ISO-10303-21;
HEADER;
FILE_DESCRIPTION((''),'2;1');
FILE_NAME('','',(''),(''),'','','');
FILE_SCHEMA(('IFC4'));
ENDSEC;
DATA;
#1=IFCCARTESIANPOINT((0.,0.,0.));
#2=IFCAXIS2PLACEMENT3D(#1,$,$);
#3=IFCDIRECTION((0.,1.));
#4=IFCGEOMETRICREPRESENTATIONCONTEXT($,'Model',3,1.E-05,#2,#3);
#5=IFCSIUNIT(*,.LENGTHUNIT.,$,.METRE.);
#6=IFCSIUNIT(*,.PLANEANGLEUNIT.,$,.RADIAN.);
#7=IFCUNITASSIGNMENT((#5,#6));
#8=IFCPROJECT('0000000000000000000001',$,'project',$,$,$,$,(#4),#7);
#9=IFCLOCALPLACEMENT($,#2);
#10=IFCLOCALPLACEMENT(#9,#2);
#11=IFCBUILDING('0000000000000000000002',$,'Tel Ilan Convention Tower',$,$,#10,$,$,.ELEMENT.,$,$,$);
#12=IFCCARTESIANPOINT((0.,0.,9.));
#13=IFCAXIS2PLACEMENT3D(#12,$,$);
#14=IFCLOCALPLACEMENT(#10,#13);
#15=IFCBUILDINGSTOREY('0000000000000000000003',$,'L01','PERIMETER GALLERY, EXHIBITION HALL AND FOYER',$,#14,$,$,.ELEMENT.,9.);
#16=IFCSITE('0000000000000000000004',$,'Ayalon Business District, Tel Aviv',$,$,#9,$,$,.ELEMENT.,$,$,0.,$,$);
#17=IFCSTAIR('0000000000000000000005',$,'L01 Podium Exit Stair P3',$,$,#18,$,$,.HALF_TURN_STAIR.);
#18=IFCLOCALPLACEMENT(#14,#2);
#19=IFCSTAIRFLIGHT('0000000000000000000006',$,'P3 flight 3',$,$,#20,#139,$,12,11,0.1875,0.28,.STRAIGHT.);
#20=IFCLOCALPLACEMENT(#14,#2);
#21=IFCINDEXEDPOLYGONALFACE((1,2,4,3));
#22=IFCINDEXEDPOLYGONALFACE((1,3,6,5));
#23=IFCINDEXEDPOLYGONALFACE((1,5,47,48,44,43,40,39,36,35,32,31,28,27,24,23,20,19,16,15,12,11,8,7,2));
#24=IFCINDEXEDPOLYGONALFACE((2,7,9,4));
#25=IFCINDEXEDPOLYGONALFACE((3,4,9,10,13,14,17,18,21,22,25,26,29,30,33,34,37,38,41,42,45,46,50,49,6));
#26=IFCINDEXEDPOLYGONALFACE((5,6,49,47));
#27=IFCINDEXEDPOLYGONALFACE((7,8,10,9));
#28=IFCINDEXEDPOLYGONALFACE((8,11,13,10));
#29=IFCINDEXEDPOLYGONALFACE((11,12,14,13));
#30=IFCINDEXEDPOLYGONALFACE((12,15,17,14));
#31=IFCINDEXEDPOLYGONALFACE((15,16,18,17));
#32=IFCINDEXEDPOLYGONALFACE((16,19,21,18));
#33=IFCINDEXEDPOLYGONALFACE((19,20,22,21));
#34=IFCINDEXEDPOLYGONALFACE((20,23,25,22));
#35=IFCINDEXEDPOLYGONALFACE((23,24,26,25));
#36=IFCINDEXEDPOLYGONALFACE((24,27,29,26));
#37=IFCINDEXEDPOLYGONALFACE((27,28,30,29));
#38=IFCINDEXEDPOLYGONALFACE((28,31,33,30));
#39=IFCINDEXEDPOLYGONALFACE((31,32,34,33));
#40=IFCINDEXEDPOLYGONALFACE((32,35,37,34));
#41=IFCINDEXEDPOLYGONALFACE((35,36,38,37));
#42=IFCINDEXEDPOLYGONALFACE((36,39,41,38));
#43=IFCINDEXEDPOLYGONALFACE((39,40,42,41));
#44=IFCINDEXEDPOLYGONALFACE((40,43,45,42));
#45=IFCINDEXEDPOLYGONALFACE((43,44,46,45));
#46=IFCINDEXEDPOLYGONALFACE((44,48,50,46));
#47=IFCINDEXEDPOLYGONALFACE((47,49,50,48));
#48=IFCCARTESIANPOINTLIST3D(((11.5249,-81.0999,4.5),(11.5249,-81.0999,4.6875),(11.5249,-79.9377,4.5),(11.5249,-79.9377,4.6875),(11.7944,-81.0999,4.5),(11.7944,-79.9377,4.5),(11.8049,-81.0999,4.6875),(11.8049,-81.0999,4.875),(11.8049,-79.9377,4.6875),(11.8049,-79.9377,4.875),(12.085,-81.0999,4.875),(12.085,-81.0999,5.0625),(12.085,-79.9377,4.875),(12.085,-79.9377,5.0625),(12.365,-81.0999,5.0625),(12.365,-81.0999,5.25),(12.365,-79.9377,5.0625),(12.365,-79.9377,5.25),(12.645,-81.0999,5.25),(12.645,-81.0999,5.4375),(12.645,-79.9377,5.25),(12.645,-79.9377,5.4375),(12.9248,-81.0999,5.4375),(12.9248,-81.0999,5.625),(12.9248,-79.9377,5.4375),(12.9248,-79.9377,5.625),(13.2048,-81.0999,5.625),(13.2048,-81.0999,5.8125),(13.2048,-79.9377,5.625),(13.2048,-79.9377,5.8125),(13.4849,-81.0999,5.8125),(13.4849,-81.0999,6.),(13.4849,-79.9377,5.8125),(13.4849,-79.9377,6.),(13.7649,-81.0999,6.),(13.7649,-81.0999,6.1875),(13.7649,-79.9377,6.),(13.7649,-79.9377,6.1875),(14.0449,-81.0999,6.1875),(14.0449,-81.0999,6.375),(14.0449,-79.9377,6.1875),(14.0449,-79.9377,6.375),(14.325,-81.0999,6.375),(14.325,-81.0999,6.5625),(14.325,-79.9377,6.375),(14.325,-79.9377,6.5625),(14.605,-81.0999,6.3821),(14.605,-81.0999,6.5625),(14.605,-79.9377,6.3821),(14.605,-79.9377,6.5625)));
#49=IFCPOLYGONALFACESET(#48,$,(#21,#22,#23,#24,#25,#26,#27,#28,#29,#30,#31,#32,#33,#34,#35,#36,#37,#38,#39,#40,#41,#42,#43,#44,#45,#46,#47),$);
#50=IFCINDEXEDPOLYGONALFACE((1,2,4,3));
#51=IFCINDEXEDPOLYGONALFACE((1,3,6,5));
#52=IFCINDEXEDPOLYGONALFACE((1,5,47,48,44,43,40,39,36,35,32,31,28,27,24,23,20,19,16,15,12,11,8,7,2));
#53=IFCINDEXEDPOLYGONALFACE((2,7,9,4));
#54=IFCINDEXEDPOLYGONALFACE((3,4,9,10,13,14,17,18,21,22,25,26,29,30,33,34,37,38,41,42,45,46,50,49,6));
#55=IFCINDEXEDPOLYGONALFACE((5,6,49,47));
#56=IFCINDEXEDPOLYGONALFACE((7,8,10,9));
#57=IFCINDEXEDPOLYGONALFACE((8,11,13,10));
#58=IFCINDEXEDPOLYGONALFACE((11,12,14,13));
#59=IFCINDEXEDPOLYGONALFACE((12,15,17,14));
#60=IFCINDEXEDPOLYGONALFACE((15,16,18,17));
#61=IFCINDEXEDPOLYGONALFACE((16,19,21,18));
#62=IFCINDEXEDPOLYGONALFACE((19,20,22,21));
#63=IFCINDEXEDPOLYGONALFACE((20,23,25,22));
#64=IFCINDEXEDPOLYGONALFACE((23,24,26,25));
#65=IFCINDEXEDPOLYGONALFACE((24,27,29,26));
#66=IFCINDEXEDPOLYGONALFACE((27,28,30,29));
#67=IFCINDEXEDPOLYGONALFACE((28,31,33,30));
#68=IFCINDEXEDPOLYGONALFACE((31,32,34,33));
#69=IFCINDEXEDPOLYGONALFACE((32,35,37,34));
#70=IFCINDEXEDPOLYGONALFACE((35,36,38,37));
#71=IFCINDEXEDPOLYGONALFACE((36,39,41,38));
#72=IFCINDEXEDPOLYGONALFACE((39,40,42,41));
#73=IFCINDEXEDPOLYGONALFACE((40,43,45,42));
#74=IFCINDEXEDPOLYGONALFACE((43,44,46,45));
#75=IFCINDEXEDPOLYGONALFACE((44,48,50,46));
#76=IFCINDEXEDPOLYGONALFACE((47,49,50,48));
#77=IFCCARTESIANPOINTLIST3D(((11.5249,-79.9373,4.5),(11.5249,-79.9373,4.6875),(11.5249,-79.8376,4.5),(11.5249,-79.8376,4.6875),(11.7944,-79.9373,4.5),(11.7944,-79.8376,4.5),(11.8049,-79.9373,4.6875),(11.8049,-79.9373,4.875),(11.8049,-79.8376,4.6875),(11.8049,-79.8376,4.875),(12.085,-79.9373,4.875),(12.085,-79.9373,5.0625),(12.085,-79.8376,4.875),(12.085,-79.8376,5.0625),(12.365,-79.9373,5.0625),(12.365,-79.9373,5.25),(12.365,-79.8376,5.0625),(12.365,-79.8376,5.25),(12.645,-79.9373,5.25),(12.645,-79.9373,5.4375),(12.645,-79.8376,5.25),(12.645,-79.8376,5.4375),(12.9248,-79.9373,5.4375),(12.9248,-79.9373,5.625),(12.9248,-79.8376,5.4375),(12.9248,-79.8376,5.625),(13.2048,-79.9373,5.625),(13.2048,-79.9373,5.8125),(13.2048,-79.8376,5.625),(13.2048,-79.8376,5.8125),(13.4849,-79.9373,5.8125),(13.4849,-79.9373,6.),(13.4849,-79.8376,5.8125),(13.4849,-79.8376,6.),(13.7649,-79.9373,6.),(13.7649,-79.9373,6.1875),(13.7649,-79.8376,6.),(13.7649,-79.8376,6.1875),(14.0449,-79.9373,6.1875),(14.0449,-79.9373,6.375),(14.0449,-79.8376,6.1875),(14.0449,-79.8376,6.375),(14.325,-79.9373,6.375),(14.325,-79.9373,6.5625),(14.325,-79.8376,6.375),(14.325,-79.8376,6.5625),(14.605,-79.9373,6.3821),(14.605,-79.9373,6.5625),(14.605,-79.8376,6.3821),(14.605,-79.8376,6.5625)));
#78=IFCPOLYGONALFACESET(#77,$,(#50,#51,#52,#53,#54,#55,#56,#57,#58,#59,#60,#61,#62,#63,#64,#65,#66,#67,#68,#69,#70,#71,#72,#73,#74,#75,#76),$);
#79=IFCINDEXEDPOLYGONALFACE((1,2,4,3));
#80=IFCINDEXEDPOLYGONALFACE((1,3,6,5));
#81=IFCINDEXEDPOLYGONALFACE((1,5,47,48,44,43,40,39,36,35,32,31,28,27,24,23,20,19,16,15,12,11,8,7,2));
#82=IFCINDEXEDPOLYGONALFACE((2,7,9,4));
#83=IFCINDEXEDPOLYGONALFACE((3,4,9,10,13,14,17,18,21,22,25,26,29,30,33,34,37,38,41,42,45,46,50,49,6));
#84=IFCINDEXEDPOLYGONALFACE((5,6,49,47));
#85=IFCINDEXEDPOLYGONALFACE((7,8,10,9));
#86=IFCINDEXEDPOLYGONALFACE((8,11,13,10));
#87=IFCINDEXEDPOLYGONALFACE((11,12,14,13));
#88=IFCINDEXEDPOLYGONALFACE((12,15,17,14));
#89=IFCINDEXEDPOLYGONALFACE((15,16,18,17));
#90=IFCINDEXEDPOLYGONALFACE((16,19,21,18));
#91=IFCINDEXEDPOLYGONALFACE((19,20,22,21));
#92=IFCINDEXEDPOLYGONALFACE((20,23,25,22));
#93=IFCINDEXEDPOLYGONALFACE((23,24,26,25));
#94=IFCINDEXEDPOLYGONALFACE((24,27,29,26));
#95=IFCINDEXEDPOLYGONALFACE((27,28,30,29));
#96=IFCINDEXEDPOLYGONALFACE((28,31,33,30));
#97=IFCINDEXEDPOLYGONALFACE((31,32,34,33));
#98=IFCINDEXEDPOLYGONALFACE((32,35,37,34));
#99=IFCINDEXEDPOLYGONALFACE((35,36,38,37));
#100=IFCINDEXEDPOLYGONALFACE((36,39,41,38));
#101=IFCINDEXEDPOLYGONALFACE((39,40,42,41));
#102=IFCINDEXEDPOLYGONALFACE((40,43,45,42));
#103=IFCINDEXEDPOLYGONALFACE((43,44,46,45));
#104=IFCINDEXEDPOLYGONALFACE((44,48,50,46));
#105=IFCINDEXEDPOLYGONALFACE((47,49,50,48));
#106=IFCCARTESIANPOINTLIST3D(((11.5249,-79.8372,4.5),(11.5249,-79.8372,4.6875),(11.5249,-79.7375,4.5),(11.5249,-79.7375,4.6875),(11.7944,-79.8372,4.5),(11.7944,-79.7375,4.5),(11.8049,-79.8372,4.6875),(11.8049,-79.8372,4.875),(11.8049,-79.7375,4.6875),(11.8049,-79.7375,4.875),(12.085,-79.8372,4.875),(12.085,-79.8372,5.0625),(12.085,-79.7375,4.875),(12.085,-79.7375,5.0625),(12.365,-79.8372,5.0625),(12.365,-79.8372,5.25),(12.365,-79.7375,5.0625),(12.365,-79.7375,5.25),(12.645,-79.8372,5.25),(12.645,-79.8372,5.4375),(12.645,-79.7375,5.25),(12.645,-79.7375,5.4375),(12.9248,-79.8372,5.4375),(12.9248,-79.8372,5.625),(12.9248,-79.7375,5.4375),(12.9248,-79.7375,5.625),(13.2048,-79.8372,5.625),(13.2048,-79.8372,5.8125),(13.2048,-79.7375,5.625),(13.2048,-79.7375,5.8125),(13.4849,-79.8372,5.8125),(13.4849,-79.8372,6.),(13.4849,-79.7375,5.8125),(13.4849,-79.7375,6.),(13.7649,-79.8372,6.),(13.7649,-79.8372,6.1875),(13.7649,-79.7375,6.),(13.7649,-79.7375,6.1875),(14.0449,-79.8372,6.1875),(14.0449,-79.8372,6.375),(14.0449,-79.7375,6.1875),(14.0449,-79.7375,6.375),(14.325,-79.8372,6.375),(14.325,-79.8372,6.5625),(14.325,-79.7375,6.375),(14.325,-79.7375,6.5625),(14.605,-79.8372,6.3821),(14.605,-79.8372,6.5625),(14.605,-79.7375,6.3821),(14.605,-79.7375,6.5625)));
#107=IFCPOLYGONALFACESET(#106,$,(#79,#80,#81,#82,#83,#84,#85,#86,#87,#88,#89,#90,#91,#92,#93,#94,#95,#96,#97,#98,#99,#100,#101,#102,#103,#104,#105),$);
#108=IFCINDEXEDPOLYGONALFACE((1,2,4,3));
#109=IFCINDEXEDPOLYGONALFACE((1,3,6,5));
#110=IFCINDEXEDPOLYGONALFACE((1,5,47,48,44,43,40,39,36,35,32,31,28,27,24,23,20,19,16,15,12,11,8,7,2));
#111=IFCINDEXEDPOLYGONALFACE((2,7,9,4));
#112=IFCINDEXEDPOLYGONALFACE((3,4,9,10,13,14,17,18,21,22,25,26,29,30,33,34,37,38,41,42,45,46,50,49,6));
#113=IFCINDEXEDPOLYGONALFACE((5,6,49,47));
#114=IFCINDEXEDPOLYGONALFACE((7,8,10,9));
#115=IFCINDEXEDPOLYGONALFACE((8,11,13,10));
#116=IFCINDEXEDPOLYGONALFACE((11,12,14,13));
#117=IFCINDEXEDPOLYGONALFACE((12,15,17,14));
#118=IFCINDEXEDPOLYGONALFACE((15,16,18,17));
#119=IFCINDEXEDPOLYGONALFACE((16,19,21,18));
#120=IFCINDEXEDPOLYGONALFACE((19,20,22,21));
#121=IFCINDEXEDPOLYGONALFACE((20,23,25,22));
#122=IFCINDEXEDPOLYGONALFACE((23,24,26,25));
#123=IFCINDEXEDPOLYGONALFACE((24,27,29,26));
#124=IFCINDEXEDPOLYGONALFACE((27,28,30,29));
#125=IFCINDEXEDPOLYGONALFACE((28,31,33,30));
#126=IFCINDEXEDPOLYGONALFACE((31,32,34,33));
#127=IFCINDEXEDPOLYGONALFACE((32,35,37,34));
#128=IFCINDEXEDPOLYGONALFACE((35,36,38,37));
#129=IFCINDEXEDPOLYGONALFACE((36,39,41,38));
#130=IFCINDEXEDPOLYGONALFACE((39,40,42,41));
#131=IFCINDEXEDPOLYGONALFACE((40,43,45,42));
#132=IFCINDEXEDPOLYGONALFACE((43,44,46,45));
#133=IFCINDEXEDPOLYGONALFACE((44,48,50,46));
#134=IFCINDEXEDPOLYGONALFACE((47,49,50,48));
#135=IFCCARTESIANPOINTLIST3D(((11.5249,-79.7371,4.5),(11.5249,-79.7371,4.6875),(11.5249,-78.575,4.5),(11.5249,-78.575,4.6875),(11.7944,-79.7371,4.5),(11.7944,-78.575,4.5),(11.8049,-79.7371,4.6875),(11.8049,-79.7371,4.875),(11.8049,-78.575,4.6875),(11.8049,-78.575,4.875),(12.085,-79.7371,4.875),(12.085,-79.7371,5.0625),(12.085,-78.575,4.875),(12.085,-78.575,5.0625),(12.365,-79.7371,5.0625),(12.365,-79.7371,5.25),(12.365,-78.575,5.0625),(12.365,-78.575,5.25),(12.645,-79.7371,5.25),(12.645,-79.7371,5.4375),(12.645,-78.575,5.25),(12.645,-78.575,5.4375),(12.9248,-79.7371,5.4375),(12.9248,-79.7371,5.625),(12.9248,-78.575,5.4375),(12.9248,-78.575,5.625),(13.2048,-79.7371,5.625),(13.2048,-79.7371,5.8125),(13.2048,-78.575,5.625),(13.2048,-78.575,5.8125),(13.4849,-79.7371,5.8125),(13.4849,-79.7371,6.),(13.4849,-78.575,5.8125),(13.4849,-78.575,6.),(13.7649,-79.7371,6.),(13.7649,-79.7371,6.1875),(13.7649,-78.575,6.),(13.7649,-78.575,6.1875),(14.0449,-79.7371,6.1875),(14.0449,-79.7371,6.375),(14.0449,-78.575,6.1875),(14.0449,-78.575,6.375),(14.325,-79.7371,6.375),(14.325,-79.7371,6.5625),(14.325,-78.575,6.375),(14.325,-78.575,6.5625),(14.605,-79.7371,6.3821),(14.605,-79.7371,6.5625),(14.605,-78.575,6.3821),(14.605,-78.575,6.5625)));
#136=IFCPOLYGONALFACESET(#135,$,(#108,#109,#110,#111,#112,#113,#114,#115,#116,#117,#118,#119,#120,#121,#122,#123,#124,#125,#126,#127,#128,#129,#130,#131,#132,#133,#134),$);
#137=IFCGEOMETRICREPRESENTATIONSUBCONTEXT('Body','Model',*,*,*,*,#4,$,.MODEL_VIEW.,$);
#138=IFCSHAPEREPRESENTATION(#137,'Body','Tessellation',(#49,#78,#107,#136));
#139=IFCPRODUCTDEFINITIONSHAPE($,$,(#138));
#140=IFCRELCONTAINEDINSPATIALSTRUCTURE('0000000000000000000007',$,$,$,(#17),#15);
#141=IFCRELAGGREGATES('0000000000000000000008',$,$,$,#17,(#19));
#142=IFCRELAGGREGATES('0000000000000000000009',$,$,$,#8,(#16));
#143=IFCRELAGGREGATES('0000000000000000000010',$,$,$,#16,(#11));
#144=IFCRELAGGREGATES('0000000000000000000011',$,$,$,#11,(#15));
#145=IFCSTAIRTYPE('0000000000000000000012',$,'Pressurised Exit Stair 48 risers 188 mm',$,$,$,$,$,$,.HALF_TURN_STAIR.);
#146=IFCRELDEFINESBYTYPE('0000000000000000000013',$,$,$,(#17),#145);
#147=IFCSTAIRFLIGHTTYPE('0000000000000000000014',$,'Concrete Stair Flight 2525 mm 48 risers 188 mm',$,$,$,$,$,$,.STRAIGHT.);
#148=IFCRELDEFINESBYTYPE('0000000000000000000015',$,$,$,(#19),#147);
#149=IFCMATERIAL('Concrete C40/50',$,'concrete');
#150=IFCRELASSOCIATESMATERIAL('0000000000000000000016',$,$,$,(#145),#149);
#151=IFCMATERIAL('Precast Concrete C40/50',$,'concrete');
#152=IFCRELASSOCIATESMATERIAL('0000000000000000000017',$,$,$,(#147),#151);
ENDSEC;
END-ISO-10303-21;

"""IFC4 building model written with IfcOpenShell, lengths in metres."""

from ifc_helpers import new_model, si_unit, direction, frame, origin, place, context, subcontext, project, spatial, polyline, outline, extrude, material, type_object, element, aggregate, save


model = new_model("IFC4")

# Units and contexts
model_context = context("Model", 3, precision=1e-05, world=origin(), true_north=direction((0.0, 1.0)))
body_context = subcontext(model_context, "Body", "Model", "MODEL_VIEW")
ifc_project = project(units=[si_unit("LENGTHUNIT", "METRE"), si_unit("PLANEANGLEUNIT", "RADIAN")], contexts=[model_context])

# Site, building, storey
site_placement = place(None, origin())
site = spatial("IfcSite", under=ifc_project, at=site_placement, Name="Ayalon Business District, Tel Aviv", CompositionType="ELEMENT", RefElevation=0.0)
building_placement = place(site_placement, origin())
building = spatial("IfcBuilding", under=site, at=building_placement, Name="Tel Ilan Convention Tower", CompositionType="ELEMENT")
storey_placement = place(building_placement, frame((0.0, 0.0, 9.0)))
storey = spatial("IfcBuildingStorey", under=building, at=storey_placement, Name="L01", Description="PERIMETER GALLERY, EXHIBITION HALL AND FOYER", CompositionType="ELEMENT", Elevation=9.0)

# Stair, stair flight
ifc_material_1 = material(Name="Concrete C40/50", Category="concrete")
stair_type = type_object("IfcStairType", Name="Pressurised Exit Stair 48 risers 188 mm", PredefinedType="HALF_TURN_STAIR", material=ifc_material_1)
stair_placement = place(storey_placement, origin())
stair = element("IfcStair", 1, at=stair_placement, inside=storey, type_object=stair_type, Name="L01 Podium Exit Stair P3", PredefinedType="HALF_TURN_STAIR")
ifc_material_2 = material(Name="Precast Concrete C40/50", Category="concrete")
stair_flight_type = type_object("IfcStairFlightType", Name="Concrete Stair Flight 2525 mm 48 risers 188 mm", PredefinedType="STRAIGHT", material=ifc_material_2)
stair_flight_1_placement = place(storey_placement, frame((11.5249, -79.8374, 4.5), z_axis=(0.0, 0.0, 1.0), x_axis=(1.0, 0.0, 0.0)))
stair_flight_1 = element("IfcStairFlight", 2, at=stair_flight_1_placement, type_object=stair_flight_type, Name="P3 flight 3", NumberOfRisers=12, NumberOfTreads=11, PredefinedType="STRAIGHT", RiserHeight=0.1875, TreadLength=0.28, context=body_context, shape_type="SweptSolid", body=[
    extrude(outline(polyline([(0.0, 0.0), (0.0, 0.1875), (0.28, 0.1875), (0.28, 0.375), (0.5601, 0.375), (0.5601, 0.5625), (0.8401, 0.5625), (0.8401, 0.75), (1.1201, 0.75), (1.1201, 0.9375), (1.3999, 0.9375), (1.3999, 1.125), (1.6799, 1.125), (1.6799, 1.3125), (1.96, 1.3125), (1.96, 1.5), (2.24, 1.5), (2.24, 1.6875), (2.52, 1.6875), (2.52, 1.875), (2.8, 1.875), (2.8, 2.0625), (3.0801, 2.0625), (3.0801, 2.25), (3.0801, 1.8821), (0.2695, 0.0), (0.0, 0.0)])), frame((0.0, -0.1003, 0.0), z_axis=(0.0, -1.0, 0.0), x_axis=(1.0, 0.0, 0.0)), (0.0, 0.0, 1.0), 1.1621),
    extrude(outline(polyline([(0.0, 0.0), (0.0, 0.1875), (0.28, 0.1875), (0.28, 0.375), (0.5601, 0.375), (0.5601, 0.5625), (0.8401, 0.5625), (0.8401, 0.75), (1.1201, 0.75), (1.1201, 0.9375), (1.3999, 0.9375), (1.3999, 1.125), (1.6799, 1.125), (1.6799, 1.3125), (1.96, 1.3125), (1.96, 1.5), (2.24, 1.5), (2.24, 1.6875), (2.52, 1.6875), (2.52, 1.875), (2.8, 1.875), (2.8, 2.0625), (3.0801, 2.0625), (3.0801, 2.25), (3.0801, 1.8821), (0.2695, 0.0), (0.0, 0.0)])), frame((0.0, -0.0002, 0.0), z_axis=(0.0, -1.0, 0.0), x_axis=(1.0, 0.0, 0.0)), (0.0, 0.0, 1.0), 0.0996),
    extrude(outline(polyline([(0.0, 0.0), (0.0, 0.1875), (0.28, 0.1875), (0.28, 0.375), (0.5601, 0.375), (0.5601, 0.5625), (0.8401, 0.5625), (0.8401, 0.75), (1.1201, 0.75), (1.1201, 0.9375), (1.3999, 0.9375), (1.3999, 1.125), (1.6799, 1.125), (1.6799, 1.3125), (1.96, 1.3125), (1.96, 1.5), (2.24, 1.5), (2.24, 1.6875), (2.52, 1.6875), (2.52, 1.875), (2.8, 1.875), (2.8, 2.0625), (3.0801, 2.0625), (3.0801, 2.25), (3.0801, 1.8821), (0.2695, 0.0), (0.0, 0.0)])), frame((0.0, 0.0999, 0.0), z_axis=(0.0, -1.0, 0.0), x_axis=(1.0, 0.0, 0.0)), (0.0, 0.0, 1.0), 0.0996),
    extrude(outline(polyline([(0.0, 0.0), (0.0, 0.1875), (0.28, 0.1875), (0.28, 0.375), (0.5601, 0.375), (0.5601, 0.5625), (0.8401, 0.5625), (0.8401, 0.75), (1.1201, 0.75), (1.1201, 0.9375), (1.3999, 0.9375), (1.3999, 1.125), (1.6799, 1.125), (1.6799, 1.3125), (1.96, 1.3125), (1.96, 1.5), (2.24, 1.5), (2.24, 1.6875), (2.52, 1.6875), (2.52, 1.875), (2.8, 1.875), (2.8, 2.0625), (3.0801, 2.0625), (3.0801, 2.25), (3.0801, 1.8821), (0.2695, 0.0), (0.0, 0.0)])), frame((0.0, 1.2625, 0.0), z_axis=(0.0, -1.0, 0.0), x_axis=(1.0, 0.0, 0.0)), (0.0, 0.0, 1.0), 1.1621),
])
aggregate(stair, [stair_flight_1])

save(model, "model.ifc")
